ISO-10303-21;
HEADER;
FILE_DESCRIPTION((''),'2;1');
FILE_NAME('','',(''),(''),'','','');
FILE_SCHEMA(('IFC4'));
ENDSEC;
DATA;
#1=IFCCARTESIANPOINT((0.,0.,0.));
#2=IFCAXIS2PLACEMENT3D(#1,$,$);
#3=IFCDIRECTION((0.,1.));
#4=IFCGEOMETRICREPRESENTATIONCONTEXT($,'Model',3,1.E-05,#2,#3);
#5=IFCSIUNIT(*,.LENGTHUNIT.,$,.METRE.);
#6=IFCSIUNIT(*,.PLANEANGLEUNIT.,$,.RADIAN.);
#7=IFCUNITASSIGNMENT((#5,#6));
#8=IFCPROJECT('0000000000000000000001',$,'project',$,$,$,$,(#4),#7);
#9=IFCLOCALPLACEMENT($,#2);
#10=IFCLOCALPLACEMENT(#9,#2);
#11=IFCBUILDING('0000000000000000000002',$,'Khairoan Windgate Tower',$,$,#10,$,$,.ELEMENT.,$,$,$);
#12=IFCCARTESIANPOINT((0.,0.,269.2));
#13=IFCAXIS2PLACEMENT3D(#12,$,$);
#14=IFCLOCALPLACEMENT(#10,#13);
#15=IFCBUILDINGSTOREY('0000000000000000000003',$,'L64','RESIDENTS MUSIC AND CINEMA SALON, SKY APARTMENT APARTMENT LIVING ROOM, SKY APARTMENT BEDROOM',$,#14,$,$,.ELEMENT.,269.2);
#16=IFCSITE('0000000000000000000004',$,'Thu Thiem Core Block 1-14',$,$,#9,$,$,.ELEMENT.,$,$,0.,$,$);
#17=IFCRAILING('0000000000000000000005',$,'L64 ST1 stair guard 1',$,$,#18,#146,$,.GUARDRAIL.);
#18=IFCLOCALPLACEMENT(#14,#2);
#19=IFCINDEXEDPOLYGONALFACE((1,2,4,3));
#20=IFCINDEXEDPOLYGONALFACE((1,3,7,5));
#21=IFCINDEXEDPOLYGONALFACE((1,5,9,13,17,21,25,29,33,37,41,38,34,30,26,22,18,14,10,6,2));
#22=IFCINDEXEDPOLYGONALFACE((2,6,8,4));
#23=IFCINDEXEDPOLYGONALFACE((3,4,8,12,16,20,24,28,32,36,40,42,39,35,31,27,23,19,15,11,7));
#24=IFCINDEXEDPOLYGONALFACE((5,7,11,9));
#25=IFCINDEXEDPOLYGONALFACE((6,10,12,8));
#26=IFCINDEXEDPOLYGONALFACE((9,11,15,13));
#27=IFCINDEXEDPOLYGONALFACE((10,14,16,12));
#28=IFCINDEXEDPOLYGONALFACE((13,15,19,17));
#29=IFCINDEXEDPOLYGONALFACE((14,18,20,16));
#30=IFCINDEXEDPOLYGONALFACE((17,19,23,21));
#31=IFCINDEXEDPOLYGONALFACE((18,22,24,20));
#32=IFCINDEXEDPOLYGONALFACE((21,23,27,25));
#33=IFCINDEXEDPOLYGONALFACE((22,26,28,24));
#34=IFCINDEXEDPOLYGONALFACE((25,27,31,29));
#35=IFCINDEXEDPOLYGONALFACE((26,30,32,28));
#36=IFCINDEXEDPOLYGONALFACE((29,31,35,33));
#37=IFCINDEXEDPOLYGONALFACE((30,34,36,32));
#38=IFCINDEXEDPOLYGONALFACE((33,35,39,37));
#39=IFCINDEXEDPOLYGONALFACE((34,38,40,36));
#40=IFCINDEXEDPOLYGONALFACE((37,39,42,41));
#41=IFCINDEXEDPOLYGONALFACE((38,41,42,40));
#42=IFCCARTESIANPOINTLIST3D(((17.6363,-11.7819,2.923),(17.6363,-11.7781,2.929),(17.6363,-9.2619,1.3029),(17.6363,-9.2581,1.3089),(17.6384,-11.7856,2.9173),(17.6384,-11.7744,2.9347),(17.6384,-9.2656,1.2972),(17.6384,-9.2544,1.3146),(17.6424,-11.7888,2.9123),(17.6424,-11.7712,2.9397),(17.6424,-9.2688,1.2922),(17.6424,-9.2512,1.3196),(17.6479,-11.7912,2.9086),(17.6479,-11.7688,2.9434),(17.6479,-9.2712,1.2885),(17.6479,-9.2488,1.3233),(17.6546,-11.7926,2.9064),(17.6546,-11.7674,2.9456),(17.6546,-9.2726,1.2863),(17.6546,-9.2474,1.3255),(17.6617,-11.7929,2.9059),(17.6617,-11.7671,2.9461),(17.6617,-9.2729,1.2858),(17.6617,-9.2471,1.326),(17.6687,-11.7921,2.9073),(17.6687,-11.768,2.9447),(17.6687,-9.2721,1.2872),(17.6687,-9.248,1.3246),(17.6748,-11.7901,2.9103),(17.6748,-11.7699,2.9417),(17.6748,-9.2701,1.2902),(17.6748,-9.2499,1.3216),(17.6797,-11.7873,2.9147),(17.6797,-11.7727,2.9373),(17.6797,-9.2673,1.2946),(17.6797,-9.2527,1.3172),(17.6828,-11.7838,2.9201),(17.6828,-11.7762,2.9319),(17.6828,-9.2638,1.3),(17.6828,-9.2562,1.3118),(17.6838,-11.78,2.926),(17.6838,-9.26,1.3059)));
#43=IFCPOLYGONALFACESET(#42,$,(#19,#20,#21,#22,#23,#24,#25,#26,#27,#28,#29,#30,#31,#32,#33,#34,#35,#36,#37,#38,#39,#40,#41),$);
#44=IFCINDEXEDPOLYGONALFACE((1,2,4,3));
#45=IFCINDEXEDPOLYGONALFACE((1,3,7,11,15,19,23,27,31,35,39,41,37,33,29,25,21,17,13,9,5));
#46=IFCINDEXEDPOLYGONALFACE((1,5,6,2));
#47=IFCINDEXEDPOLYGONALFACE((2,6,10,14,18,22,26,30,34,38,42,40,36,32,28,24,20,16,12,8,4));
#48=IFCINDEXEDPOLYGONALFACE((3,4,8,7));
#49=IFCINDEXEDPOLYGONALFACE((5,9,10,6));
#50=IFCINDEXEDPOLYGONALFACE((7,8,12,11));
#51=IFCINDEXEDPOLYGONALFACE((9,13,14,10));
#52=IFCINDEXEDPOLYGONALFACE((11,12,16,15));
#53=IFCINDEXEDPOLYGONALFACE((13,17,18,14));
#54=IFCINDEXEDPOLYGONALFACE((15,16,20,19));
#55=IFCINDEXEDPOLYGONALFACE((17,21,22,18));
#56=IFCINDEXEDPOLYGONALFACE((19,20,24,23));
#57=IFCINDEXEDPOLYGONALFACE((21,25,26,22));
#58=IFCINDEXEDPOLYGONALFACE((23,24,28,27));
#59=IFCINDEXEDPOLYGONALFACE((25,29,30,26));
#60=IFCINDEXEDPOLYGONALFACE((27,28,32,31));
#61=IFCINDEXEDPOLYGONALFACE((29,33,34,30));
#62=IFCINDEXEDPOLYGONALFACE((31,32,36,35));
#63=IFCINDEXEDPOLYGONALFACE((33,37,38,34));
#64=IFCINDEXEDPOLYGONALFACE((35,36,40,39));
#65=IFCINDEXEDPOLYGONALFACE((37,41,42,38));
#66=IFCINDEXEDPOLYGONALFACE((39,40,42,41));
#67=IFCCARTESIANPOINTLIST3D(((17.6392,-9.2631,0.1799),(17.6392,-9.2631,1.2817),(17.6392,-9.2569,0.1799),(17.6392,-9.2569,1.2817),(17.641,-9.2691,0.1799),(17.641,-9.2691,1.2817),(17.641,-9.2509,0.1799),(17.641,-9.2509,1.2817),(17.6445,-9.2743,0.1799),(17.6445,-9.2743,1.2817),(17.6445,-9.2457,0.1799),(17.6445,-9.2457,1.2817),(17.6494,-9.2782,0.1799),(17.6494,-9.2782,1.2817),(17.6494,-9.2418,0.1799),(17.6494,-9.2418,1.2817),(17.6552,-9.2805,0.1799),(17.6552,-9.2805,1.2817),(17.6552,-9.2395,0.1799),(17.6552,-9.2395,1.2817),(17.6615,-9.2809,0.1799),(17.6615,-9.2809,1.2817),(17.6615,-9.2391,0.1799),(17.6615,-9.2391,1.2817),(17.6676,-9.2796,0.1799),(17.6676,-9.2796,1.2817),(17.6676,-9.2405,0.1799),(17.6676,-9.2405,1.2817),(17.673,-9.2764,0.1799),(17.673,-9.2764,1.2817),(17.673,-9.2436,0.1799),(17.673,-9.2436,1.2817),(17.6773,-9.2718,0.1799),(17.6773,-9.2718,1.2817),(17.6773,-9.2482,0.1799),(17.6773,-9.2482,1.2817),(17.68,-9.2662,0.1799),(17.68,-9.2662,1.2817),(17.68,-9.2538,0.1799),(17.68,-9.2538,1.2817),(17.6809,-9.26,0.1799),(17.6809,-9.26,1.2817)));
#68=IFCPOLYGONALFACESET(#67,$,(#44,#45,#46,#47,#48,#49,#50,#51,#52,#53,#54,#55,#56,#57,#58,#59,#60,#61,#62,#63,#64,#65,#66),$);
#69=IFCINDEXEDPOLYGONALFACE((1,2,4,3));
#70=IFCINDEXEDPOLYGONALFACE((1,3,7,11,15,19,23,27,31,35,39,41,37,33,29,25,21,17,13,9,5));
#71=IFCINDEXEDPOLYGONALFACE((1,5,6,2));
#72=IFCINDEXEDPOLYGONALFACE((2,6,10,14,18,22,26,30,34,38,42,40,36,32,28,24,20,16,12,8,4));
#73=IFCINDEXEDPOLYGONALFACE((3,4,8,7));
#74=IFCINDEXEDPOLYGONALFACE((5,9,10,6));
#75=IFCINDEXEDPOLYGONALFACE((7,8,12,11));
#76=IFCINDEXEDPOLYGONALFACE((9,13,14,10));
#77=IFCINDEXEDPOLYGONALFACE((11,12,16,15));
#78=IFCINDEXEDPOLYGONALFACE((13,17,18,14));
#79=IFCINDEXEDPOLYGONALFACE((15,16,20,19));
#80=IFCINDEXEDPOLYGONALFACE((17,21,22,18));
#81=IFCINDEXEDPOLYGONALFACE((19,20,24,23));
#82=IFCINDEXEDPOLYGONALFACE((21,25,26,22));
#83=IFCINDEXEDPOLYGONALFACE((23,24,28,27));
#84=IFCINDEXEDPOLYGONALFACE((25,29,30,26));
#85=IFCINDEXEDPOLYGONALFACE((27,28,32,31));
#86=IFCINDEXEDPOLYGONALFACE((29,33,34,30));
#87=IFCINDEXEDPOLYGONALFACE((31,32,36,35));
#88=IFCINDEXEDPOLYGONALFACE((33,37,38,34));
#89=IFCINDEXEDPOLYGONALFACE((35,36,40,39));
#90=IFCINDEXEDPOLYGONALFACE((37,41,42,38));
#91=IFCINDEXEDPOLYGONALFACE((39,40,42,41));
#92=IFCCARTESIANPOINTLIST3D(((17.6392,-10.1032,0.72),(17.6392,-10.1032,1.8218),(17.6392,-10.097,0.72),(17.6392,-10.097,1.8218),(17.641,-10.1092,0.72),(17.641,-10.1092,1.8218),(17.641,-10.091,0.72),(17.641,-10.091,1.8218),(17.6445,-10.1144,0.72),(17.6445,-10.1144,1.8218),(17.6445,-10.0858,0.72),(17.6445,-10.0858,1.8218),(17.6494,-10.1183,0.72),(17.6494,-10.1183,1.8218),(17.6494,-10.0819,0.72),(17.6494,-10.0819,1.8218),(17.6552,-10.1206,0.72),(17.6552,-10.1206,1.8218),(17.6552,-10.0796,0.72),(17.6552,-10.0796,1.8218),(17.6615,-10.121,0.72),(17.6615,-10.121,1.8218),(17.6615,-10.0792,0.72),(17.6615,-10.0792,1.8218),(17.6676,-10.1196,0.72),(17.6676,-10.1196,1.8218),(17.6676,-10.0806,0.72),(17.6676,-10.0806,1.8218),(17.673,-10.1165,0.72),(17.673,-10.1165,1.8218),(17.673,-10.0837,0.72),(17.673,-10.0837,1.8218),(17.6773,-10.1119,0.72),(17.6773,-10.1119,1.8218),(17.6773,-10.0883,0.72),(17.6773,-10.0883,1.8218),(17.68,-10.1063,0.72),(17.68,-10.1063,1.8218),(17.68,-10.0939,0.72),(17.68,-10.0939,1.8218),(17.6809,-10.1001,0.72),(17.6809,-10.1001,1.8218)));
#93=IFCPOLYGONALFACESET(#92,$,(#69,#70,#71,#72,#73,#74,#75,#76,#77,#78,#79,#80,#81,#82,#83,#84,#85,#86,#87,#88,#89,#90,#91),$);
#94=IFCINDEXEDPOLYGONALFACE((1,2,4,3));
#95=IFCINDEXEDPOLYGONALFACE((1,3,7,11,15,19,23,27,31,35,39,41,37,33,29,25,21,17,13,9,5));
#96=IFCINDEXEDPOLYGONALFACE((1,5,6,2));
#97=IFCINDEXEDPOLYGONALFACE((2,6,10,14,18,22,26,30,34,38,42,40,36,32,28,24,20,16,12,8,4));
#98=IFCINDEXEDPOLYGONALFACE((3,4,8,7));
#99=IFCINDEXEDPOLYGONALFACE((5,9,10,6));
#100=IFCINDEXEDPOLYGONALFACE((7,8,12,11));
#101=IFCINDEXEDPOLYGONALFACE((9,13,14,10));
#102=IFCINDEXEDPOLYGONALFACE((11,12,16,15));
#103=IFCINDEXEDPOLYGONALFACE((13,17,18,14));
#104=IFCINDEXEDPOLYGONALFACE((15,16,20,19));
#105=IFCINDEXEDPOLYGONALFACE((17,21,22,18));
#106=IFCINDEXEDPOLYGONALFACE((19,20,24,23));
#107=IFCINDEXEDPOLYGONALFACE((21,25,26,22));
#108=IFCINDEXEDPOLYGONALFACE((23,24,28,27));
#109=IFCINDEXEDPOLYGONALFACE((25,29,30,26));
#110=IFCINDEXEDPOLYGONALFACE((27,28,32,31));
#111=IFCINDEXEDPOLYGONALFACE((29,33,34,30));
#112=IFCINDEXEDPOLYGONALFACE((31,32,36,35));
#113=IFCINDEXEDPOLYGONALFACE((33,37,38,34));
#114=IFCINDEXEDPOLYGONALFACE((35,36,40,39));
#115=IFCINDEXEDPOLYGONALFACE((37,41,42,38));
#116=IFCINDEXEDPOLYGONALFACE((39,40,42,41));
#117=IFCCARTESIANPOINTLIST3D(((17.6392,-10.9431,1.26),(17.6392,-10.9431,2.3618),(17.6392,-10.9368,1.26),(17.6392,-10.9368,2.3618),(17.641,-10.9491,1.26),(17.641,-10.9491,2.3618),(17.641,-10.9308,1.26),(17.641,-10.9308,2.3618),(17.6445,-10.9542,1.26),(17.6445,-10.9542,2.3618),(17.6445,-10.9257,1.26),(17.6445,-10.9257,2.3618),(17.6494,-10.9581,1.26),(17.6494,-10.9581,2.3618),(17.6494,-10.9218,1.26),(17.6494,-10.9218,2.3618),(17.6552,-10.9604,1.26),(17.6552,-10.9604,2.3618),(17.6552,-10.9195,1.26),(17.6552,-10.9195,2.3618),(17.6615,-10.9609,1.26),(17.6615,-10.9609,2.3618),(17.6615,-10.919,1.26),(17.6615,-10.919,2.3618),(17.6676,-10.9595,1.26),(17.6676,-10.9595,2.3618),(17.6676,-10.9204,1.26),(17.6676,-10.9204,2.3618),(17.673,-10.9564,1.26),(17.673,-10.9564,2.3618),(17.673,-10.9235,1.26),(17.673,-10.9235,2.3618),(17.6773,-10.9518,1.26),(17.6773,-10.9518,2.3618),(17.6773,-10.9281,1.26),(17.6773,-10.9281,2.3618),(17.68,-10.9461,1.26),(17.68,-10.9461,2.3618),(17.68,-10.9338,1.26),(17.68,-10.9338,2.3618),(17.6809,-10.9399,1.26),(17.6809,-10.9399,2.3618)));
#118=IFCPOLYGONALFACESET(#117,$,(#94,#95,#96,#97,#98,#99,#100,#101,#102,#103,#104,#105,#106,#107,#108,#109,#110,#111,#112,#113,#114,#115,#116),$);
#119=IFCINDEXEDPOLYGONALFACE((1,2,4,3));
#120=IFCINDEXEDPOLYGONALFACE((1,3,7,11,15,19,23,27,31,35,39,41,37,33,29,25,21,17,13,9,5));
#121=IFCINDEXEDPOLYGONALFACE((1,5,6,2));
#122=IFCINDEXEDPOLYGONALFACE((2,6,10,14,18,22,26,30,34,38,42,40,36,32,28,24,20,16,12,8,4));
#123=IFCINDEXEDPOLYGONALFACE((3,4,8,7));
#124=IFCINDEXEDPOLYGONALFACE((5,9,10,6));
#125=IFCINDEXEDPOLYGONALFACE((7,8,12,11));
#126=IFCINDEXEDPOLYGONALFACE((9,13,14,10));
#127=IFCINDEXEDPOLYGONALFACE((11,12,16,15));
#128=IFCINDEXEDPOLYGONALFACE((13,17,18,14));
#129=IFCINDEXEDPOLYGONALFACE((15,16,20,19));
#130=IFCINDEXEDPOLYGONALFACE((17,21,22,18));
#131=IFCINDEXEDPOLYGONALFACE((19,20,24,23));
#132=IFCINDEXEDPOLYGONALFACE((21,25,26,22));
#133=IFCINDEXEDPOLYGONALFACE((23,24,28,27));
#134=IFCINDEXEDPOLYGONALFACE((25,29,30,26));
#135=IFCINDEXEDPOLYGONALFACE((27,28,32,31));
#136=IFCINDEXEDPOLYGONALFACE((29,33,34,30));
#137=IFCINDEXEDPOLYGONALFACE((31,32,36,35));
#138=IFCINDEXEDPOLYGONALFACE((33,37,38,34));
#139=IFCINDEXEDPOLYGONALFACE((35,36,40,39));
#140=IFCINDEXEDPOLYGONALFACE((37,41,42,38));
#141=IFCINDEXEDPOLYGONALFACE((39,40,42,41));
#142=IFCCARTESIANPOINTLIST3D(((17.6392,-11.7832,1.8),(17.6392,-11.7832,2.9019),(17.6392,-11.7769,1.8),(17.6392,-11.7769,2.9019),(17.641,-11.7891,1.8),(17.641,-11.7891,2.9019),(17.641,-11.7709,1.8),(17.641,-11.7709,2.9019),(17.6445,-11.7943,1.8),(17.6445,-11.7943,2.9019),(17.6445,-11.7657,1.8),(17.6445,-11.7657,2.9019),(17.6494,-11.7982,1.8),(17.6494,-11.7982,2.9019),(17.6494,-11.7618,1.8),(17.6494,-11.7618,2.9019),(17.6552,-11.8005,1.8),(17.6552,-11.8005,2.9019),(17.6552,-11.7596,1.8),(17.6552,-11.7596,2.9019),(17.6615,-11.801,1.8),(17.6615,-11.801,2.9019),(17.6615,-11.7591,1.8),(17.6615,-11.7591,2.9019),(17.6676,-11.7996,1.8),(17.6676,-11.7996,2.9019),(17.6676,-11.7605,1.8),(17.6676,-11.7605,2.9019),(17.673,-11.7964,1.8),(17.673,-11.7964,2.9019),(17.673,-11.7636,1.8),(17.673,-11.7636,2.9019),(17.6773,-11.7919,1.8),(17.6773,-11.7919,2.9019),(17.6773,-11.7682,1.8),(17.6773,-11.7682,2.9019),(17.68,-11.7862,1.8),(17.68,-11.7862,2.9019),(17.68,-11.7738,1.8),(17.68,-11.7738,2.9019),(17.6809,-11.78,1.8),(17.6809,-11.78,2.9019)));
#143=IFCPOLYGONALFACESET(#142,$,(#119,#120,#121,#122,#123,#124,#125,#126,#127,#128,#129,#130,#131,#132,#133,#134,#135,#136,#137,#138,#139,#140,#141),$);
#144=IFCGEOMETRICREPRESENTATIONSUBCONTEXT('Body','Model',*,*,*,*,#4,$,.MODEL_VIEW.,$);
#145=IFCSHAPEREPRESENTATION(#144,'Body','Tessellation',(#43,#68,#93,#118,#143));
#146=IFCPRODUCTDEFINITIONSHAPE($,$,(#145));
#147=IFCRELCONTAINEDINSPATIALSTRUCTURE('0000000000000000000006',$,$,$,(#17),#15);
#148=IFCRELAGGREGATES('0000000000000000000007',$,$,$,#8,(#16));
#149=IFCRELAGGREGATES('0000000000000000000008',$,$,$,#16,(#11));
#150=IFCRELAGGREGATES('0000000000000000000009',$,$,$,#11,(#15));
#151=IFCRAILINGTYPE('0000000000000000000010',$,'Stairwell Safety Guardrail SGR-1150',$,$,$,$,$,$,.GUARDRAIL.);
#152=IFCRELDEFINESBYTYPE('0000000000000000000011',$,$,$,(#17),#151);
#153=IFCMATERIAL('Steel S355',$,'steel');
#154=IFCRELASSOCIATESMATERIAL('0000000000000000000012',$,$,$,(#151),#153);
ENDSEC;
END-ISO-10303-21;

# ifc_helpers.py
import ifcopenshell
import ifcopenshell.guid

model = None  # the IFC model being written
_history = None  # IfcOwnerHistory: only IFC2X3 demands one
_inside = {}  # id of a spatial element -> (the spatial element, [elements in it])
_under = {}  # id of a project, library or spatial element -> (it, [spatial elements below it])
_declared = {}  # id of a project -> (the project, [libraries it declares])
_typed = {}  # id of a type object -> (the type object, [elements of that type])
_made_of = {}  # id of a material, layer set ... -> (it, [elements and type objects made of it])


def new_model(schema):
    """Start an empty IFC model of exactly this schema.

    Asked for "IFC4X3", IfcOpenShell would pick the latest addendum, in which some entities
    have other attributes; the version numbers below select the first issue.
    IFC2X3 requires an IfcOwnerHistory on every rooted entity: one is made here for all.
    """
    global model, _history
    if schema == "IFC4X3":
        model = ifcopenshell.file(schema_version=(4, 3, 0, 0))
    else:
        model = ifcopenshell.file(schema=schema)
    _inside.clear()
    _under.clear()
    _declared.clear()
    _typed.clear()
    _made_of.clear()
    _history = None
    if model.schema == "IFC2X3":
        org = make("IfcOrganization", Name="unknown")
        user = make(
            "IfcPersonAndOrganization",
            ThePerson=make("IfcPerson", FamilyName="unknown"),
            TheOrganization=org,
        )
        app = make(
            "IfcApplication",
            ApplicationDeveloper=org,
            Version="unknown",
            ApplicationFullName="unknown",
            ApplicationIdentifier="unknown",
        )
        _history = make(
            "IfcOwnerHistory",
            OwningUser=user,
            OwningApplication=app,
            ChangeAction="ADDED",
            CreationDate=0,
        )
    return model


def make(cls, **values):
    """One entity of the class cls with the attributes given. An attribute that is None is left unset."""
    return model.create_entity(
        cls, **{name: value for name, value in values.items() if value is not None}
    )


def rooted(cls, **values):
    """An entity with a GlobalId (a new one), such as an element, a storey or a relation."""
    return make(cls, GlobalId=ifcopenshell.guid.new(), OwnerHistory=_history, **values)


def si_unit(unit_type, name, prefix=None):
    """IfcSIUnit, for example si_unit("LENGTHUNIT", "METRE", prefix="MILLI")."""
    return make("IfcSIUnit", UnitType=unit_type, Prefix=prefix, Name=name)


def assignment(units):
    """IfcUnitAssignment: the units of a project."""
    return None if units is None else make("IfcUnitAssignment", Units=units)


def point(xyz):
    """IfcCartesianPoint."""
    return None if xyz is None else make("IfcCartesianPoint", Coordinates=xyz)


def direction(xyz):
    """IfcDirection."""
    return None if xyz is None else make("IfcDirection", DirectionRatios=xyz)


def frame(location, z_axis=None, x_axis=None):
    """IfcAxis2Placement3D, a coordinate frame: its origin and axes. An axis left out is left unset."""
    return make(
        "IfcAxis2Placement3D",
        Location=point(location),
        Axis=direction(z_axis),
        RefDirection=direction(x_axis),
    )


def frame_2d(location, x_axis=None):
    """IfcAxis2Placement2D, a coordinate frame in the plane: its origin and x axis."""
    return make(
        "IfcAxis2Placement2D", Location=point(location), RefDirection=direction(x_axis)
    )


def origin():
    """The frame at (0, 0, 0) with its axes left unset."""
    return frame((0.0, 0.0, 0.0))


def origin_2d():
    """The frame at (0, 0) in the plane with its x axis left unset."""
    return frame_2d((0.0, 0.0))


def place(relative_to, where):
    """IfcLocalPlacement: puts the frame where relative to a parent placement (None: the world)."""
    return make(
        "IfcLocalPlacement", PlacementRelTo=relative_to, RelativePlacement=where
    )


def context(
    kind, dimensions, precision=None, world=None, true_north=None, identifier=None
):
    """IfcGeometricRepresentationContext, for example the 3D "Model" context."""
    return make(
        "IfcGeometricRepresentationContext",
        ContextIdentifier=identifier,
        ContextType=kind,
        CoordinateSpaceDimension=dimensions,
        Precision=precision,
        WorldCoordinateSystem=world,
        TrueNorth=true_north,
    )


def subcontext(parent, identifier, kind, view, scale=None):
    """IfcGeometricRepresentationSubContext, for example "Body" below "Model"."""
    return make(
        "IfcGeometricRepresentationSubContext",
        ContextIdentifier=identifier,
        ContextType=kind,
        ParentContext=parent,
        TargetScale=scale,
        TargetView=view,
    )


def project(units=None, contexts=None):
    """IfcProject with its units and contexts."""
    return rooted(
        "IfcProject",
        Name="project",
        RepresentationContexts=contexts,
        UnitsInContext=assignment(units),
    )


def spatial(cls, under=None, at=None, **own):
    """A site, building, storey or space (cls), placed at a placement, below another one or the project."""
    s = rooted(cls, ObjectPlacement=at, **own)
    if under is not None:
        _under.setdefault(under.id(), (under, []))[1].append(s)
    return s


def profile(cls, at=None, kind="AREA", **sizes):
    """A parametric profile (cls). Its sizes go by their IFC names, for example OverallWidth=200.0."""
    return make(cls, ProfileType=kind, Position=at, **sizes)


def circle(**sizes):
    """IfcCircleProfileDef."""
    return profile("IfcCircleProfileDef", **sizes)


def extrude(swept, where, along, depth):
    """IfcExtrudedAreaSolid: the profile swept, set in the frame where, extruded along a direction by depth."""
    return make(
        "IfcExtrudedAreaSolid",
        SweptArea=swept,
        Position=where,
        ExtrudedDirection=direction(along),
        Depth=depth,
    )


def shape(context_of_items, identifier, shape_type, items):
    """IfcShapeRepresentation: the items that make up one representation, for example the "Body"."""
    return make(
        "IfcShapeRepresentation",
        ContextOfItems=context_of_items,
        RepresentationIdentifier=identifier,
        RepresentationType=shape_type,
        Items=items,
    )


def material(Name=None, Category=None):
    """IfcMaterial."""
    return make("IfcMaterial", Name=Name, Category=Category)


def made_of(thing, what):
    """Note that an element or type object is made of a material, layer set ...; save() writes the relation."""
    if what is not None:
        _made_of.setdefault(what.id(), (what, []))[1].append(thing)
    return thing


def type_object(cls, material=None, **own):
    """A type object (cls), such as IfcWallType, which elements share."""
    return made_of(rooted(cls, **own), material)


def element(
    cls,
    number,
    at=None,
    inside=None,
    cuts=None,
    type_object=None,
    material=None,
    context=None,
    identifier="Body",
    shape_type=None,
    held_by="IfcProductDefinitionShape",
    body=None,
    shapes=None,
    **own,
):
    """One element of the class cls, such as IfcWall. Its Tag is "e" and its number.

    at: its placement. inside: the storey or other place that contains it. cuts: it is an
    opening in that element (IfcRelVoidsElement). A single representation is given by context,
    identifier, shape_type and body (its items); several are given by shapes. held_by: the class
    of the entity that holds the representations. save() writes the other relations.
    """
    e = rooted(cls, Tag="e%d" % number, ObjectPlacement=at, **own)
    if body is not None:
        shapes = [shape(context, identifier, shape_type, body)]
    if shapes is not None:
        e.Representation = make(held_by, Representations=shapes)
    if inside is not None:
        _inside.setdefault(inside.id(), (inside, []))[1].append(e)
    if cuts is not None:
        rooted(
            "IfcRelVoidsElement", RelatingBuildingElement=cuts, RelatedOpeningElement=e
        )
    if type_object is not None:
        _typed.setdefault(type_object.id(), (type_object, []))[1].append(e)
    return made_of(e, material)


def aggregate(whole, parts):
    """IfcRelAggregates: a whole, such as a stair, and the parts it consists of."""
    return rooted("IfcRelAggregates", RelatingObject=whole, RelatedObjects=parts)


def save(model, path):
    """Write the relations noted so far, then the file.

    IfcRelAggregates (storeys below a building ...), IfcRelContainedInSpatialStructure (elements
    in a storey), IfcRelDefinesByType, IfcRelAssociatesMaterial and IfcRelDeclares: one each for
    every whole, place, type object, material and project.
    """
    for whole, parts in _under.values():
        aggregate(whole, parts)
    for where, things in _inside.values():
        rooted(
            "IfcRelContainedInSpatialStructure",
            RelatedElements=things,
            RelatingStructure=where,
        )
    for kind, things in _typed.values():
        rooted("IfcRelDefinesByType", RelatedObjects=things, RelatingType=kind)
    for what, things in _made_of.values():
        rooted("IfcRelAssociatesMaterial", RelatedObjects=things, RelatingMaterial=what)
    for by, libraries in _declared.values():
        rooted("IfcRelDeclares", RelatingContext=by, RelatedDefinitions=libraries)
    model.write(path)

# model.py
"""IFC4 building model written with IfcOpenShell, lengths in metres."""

from ifc_helpers import new_model, si_unit, direction, frame, origin, origin_2d, place, context, subcontext, project, spatial, circle, extrude, material, type_object, element, save


model = new_model("IFC4")

# Units and contexts
model_context = context("Model", 3, precision=1e-05, world=origin(), true_north=direction((0.0, 1.0)))
body_context = subcontext(model_context, "Body", "Model", "MODEL_VIEW")
ifc_project = project(units=[si_unit("LENGTHUNIT", "METRE"), si_unit("PLANEANGLEUNIT", "RADIAN")], contexts=[model_context])

# Site, building, storey
site_placement = place(None, origin())
site = spatial("IfcSite", under=ifc_project, at=site_placement, Name="Thu Thiem Core Block 1-14", CompositionType="ELEMENT", RefElevation=0.0)
building_placement = place(site_placement, origin())
building = spatial("IfcBuilding", under=site, at=building_placement, Name="Khairoan Windgate Tower", CompositionType="ELEMENT")
storey_placement = place(building_placement, frame((0.0, 0.0, 269.2)))
storey = spatial("IfcBuildingStorey", under=building, at=storey_placement, Name="L64", Description="RESIDENTS MUSIC AND CINEMA SALON, SKY APARTMENT APARTMENT LIVING ROOM, SKY APARTMENT BEDROOM", CompositionType="ELEMENT", Elevation=269.2)

# Railing
ifc_material_1 = material(Name="Steel S355", Category="steel")
railing_type_1 = type_object("IfcRailingType", Name="Stairwell Safety Guardrail SGR-1150", PredefinedType="GUARDRAIL", material=ifc_material_1)
railing_1_placement = place(storey_placement, frame((17.6599, -9.26, 0.1799)))
element("IfcRailing", 1, at=railing_1_placement, inside=storey, type_object=railing_type_1, Name="L64 ST1 stair guard 1", PredefinedType="GUARDRAIL", context=body_context, shape_type="SweptSolid", body=[
    extrude(circle(Radius=0.0239, at=origin_2d()), frame((0.0, 0.0, 1.126), z_axis=(0.0, -0.841163, 0.540782), x_axis=(1.0, 0.0, 0.0)), (0.0, 0.0, 1.0), 2.9958),
    extrude(circle(Radius=0.021, at=origin_2d()), origin(), (0.0, 0.0, 1.0), 1.1018),
    extrude(circle(Radius=0.021, at=origin_2d()), frame((0.0, -0.8401, 0.54)), (0.0, 0.0, 1.0), 1.1018),
    extrude(circle(Radius=0.021, at=origin_2d()), frame((0.0, -1.6799, 1.0801)), (0.0, 0.0, 1.0), 1.1018),
    extrude(circle(Radius=0.021, at=origin_2d()), frame((0.0, -2.52, 1.6201)), (0.0, 0.0, 1.0), 1.1018),
])

save(model, "model.ifc")
